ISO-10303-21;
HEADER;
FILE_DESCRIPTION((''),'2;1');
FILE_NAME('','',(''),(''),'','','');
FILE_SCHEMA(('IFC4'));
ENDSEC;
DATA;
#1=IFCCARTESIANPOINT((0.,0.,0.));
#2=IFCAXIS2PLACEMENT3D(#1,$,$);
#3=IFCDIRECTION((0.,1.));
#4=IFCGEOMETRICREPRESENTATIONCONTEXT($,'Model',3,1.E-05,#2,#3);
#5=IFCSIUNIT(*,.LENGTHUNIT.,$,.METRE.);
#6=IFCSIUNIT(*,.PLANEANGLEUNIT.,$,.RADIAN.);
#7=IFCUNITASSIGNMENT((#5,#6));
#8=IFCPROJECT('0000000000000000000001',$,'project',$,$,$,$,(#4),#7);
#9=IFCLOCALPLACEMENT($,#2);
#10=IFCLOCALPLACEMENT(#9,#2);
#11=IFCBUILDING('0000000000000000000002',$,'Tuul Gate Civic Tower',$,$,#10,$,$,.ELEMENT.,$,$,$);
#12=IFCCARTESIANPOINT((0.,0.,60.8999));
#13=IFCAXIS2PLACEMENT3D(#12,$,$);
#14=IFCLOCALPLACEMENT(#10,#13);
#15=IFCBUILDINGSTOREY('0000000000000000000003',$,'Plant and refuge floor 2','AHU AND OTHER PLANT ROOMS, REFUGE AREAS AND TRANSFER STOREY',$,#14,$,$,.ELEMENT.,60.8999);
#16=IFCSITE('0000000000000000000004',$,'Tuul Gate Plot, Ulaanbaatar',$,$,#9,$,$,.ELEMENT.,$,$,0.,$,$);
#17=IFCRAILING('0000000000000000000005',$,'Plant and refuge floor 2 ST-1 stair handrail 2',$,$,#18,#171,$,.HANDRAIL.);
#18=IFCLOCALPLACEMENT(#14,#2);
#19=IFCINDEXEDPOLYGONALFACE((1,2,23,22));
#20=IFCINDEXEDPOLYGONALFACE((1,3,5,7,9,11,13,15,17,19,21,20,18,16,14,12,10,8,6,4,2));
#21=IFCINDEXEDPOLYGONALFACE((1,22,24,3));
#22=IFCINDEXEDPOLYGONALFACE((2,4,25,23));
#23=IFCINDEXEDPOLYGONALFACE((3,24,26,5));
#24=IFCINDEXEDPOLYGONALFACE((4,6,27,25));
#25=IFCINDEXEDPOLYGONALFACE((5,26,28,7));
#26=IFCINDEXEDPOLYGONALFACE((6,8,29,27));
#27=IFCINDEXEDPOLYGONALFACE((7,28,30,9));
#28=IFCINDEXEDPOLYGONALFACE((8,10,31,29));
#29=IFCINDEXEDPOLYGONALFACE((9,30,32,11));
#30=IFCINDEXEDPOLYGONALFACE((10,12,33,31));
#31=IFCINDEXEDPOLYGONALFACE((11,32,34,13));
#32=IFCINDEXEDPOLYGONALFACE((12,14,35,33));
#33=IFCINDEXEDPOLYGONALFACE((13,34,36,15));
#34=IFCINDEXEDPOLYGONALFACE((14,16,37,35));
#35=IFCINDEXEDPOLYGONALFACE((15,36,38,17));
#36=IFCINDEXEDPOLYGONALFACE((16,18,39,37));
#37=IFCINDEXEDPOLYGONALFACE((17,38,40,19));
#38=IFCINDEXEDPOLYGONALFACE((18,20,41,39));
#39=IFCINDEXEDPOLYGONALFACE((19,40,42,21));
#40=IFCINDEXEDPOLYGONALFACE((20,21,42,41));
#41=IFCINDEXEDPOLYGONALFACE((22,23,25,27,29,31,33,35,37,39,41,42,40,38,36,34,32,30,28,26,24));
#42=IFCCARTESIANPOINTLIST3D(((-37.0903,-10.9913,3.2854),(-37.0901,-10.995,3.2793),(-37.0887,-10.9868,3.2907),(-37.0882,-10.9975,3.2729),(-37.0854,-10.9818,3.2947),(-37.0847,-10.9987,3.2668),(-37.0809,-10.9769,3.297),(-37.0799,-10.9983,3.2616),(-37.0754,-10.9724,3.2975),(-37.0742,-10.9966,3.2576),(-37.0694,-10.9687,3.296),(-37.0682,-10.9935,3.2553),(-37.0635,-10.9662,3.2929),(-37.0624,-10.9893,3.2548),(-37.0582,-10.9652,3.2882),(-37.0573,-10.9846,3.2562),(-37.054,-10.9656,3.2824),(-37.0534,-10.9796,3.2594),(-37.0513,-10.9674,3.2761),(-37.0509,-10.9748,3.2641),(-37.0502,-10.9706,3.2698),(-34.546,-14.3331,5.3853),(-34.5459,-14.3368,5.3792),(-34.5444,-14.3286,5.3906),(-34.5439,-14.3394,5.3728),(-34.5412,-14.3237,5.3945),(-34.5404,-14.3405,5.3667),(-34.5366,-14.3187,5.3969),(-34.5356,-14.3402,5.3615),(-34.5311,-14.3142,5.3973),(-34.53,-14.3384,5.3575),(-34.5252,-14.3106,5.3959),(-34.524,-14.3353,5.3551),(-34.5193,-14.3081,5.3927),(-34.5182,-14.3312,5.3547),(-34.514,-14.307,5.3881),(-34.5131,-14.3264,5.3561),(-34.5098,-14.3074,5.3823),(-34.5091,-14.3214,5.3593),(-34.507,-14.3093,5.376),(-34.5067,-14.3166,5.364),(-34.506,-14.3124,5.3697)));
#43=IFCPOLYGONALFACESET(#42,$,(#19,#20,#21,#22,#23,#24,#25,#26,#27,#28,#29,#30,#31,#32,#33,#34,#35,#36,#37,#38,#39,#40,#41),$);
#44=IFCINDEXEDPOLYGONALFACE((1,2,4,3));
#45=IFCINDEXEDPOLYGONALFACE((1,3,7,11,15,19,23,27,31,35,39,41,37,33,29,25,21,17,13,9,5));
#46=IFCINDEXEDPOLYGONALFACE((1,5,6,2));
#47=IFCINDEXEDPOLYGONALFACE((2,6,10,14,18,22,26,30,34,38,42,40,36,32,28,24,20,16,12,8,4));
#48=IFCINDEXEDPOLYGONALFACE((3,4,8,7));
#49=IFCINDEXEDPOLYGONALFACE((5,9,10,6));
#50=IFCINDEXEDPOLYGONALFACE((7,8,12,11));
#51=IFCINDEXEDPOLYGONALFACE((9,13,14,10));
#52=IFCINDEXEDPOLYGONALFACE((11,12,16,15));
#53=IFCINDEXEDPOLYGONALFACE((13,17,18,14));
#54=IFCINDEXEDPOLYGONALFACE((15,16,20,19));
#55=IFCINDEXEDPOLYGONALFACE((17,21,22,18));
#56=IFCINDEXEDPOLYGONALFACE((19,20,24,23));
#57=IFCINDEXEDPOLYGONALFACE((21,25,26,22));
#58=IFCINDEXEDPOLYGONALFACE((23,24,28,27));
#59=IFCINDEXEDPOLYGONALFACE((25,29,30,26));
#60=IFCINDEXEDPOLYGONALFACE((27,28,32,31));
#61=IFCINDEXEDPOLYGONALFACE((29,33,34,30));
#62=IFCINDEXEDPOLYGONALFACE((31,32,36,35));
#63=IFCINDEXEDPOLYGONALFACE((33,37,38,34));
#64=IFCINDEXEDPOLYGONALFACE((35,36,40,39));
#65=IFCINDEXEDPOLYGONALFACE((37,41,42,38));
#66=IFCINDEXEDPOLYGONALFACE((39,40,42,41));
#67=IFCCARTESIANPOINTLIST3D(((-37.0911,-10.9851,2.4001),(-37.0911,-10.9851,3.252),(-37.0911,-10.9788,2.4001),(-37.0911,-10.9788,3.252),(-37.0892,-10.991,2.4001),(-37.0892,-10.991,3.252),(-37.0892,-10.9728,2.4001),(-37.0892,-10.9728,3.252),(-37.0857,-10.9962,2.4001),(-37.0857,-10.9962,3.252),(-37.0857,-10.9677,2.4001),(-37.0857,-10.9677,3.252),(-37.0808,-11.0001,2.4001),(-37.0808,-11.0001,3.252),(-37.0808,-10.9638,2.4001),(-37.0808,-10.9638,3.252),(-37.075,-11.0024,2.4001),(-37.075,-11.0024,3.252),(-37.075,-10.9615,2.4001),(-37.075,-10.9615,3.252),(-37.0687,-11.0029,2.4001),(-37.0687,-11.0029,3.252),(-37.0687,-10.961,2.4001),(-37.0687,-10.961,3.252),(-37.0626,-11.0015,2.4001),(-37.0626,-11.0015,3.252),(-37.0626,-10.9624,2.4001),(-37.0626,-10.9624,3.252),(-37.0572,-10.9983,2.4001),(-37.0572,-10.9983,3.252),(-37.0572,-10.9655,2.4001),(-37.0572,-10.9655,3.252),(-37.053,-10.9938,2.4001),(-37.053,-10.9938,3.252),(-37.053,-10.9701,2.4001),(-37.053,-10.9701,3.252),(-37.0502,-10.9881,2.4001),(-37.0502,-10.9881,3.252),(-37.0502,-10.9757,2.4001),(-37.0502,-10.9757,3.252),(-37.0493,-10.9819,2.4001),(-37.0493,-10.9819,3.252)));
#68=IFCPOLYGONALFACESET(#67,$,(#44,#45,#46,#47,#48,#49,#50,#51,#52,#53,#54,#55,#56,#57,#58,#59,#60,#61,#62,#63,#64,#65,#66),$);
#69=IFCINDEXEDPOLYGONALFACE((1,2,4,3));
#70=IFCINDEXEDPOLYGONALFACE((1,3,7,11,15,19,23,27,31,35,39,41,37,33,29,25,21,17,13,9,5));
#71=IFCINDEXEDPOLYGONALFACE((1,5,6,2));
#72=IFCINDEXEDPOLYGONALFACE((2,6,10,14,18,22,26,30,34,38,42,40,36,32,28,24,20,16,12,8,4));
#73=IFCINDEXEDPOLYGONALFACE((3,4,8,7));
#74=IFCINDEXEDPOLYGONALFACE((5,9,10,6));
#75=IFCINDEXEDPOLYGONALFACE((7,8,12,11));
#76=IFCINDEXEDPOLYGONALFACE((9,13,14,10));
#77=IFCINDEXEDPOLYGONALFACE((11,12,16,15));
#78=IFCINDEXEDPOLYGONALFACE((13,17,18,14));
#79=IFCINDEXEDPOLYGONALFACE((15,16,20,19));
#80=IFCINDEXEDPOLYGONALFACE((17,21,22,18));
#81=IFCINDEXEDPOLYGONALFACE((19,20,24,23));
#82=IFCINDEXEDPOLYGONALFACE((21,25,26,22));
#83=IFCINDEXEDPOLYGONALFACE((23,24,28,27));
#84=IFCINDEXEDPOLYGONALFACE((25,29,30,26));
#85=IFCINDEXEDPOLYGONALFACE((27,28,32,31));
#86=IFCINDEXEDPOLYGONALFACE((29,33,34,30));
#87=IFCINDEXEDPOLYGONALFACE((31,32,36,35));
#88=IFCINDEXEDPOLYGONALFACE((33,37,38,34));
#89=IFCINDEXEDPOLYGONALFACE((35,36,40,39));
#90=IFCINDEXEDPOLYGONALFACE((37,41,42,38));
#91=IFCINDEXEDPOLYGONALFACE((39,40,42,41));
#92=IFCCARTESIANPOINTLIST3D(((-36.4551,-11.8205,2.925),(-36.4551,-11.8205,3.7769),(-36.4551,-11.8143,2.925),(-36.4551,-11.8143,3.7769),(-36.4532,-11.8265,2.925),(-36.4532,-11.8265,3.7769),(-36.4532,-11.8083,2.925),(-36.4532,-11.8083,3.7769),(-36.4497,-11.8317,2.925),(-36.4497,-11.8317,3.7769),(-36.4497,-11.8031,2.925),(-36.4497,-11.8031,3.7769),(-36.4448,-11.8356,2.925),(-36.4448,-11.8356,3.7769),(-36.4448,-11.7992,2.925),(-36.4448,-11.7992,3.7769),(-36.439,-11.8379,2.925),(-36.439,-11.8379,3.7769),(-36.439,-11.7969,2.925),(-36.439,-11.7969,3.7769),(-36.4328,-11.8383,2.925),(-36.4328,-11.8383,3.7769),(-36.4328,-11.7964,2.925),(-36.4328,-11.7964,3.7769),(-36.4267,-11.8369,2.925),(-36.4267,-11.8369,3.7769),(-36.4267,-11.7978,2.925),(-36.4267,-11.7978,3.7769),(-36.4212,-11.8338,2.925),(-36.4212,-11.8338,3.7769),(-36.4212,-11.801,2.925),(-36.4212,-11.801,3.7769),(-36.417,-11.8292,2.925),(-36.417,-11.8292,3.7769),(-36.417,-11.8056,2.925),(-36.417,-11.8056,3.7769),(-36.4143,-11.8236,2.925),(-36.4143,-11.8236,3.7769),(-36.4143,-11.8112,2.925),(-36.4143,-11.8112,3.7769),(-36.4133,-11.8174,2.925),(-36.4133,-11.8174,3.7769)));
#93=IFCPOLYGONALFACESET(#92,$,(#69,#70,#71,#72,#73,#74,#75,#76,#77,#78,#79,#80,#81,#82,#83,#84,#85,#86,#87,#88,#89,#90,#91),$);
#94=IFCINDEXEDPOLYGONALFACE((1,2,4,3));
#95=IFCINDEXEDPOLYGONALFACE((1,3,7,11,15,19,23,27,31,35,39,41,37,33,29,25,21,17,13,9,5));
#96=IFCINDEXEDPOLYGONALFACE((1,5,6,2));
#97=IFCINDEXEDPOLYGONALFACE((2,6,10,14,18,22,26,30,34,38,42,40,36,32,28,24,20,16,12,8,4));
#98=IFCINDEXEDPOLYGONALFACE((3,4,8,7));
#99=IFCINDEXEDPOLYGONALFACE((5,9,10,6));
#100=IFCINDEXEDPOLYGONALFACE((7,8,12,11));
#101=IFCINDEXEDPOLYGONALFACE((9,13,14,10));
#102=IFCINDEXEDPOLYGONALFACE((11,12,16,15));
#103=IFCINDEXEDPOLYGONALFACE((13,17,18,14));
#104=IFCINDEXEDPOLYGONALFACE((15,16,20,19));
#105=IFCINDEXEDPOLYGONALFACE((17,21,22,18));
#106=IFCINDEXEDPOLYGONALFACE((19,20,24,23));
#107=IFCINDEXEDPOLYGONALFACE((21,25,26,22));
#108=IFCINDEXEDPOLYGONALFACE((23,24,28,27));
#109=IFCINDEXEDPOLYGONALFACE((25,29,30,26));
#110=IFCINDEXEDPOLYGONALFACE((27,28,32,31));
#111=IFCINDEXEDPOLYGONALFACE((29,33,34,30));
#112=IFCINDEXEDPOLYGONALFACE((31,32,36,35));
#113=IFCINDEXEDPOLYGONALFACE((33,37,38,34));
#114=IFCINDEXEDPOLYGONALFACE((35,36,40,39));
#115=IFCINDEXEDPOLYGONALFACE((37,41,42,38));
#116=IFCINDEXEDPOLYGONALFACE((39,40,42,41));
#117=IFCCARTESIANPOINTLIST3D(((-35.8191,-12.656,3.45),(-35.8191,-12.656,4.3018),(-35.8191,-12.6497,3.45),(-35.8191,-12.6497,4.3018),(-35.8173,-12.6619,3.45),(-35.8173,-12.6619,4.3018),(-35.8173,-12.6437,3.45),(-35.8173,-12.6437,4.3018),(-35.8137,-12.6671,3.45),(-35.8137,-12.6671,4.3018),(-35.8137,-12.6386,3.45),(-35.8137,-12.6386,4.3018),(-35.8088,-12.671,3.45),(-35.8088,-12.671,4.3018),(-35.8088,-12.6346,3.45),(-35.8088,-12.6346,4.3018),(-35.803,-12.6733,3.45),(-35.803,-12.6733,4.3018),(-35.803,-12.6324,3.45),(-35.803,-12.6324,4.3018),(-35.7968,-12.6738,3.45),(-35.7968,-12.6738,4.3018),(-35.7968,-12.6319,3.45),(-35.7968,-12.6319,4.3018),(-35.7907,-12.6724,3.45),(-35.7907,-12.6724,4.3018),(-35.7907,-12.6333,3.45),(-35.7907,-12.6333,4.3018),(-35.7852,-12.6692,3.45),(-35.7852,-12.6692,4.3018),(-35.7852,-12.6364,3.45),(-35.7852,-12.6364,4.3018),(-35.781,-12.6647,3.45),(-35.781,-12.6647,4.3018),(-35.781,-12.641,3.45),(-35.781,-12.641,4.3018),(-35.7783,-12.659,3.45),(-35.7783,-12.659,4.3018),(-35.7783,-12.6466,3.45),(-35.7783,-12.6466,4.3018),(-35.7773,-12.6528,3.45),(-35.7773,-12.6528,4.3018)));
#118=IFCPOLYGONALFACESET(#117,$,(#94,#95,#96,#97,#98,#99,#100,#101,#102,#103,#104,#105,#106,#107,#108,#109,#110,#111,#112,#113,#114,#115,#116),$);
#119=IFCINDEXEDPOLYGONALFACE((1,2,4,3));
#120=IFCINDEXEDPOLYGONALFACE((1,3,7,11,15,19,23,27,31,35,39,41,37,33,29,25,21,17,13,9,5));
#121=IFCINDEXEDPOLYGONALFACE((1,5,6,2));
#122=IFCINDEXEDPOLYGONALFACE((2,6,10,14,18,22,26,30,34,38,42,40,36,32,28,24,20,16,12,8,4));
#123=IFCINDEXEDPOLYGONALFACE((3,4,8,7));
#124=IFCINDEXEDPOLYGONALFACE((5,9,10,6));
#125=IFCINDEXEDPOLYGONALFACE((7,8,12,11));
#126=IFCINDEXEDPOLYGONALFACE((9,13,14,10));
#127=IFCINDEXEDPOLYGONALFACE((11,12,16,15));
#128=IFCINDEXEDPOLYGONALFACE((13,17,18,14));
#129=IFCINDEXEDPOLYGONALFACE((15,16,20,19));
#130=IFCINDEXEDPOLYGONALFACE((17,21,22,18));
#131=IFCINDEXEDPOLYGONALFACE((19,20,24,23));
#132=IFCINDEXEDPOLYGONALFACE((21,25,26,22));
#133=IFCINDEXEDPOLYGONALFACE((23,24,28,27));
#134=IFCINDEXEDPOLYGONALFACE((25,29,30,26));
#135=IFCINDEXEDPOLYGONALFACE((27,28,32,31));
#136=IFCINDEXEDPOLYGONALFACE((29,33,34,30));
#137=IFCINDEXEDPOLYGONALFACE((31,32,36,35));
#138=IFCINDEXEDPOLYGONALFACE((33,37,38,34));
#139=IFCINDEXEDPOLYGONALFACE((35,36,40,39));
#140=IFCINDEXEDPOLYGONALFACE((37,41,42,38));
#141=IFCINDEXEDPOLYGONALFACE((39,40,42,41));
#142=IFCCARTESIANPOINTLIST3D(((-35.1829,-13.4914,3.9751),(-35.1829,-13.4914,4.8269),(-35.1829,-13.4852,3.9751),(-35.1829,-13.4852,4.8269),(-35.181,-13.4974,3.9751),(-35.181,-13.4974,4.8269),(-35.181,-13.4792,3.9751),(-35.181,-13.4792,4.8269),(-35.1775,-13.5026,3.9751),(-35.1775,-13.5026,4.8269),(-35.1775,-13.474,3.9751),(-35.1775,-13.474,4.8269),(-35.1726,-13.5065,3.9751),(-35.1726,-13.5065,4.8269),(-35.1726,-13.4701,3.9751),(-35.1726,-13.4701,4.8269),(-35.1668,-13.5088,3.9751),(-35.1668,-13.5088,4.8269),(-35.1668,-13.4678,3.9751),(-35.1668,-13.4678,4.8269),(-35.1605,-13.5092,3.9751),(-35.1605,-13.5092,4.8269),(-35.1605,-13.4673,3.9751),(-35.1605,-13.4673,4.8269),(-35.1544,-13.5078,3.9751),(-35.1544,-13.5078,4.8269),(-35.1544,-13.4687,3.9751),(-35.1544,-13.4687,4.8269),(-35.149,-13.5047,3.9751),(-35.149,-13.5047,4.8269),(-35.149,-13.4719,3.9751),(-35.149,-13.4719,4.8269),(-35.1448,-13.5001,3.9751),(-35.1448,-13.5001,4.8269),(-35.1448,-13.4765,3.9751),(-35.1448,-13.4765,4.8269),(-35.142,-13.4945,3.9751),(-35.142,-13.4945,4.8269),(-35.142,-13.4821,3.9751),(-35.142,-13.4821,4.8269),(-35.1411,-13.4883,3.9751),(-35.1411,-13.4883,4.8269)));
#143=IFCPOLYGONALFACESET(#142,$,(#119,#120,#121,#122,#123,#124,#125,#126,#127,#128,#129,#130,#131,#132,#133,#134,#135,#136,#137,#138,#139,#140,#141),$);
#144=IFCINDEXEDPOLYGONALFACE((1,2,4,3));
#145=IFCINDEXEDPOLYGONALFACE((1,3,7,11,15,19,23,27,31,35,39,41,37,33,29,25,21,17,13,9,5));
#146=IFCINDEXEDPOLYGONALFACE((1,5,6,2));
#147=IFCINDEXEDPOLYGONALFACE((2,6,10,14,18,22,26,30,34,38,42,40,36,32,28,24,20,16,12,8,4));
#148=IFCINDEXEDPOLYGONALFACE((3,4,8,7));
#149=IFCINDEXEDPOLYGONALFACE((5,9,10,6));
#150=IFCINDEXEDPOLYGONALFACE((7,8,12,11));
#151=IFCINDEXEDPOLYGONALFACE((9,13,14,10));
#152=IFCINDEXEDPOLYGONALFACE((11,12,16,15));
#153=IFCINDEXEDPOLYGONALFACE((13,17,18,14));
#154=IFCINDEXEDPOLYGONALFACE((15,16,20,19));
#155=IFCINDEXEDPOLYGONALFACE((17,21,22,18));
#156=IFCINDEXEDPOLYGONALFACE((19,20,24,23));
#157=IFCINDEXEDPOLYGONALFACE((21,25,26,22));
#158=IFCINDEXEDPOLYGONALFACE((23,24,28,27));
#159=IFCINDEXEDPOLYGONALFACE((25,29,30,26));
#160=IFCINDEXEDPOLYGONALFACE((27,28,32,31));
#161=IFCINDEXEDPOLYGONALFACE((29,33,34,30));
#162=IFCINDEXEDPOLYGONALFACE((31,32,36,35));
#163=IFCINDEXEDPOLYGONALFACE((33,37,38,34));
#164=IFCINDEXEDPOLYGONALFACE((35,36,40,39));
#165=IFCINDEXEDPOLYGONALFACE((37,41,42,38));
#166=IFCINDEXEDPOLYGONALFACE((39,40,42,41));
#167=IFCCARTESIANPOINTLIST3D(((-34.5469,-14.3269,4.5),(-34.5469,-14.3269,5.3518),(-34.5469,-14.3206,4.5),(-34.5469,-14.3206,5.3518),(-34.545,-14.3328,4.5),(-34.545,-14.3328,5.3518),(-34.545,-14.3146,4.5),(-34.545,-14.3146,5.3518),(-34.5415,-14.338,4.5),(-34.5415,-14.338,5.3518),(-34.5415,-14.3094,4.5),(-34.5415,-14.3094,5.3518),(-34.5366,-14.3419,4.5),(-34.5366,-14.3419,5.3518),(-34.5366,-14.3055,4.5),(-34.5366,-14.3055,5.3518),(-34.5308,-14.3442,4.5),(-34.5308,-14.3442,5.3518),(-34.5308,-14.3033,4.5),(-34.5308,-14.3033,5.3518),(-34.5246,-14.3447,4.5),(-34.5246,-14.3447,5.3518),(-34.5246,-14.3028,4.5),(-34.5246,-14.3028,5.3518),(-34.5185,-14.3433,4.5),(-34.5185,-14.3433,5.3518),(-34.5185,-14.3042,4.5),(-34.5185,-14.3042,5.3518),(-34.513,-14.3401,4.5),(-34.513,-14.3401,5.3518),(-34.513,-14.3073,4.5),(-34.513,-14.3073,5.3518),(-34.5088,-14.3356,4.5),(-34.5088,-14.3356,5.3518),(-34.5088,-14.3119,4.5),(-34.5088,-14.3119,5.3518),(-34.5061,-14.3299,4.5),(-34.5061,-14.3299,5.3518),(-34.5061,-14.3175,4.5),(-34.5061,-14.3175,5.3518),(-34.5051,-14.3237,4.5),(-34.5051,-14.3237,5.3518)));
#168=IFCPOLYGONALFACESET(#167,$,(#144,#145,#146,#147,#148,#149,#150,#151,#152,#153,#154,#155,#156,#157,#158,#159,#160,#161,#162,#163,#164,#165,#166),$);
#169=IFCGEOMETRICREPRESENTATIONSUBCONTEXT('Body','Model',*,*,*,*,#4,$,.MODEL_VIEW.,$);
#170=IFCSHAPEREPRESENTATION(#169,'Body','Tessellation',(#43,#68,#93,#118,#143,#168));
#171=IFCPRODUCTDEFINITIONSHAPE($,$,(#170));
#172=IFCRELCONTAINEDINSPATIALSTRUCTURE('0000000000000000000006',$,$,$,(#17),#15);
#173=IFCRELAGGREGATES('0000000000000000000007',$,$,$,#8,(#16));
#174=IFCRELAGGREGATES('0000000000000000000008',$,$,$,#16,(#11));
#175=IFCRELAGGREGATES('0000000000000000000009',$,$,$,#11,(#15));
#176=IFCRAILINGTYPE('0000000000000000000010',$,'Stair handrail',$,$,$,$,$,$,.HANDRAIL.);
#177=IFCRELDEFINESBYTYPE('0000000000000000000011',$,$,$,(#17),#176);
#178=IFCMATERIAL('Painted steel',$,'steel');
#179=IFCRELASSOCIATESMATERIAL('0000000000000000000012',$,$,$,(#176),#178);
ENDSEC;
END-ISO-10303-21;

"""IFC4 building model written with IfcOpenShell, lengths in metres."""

from ifc_helpers import new_model, si_unit, direction, frame, origin, origin_2d, place, context, subcontext, project, spatial, circle, extrude, material, type_object, element, save


model = new_model("IFC4")

# Units and contexts
model_context = context("Model", 3, precision=1e-05, world=origin(), true_north=direction((0.0, 1.0)))
body_context = subcontext(model_context, "Body", "Model", "MODEL_VIEW")
ifc_project = project(units=[si_unit("LENGTHUNIT", "METRE"), si_unit("PLANEANGLEUNIT", "RADIAN")], contexts=[model_context])

# Site, building, storey
site_placement = place(None, origin())
site = spatial("IfcSite", under=ifc_project, at=site_placement, Name="Tuul Gate Plot, Ulaanbaatar", CompositionType="ELEMENT", RefElevation=0.0)
building_placement = place(site_placement, origin())
building = spatial("IfcBuilding", under=site, at=building_placement, Name="Tuul Gate Civic Tower", CompositionType="ELEMENT")
storey_placement = place(building_placement, frame((0.0, 0.0, 60.8999)))
storey = spatial("IfcBuildingStorey", under=building, at=storey_placement, Name="Plant and refuge floor 2", Description="AHU AND OTHER PLANT ROOMS, REFUGE AREAS AND TRANSFER STOREY", CompositionType="ELEMENT", Elevation=60.8999)

# Railing
ifc_material_1 = material(Name="Painted steel", Category="steel")
railing_type_1 = type_object("IfcRailingType", Name="Stair handrail", PredefinedType="HANDRAIL", material=ifc_material_1)
railing_1_placement = place(storey_placement, frame((-37.0703, -10.9819, 2.4001)))
element("IfcRailing", 1, at=railing_1_placement, inside=storey, type_object=railing_type_1, Name="Plant and refuge floor 2 ST-1 stair handrail 2", PredefinedType="HANDRAIL", context=body_context, shape_type="SweptSolid", body=[
    extrude(circle(Radius=0.0239, at=origin_2d()), frame((0.0, 0.0, 0.876), z_axis=(0.541809, -0.711667, 0.447184), x_axis=(0.795655, 0.605751, 0.0)), (0.0, 0.0, 1.0), 4.6958),
    extrude(circle(Radius=0.021, at=origin_2d()), origin(), (0.0, 0.0, 1.0), 0.8518),
    extrude(circle(Radius=0.021, at=origin_2d()), frame((0.636, -0.8354, 0.5249)), (0.0, 0.0, 1.0), 0.8518),
    extrude(circle(Radius=0.021, at=origin_2d()), frame((1.272, -1.6709, 1.0498)), (0.0, 0.0, 1.0), 0.8518),
    extrude(circle(Radius=0.021, at=origin_2d()), frame((1.9082, -2.5063, 1.575)), (0.0, 0.0, 1.0), 0.8518),
    extrude(circle(Radius=0.021, at=origin_2d()), frame((2.5442, -3.3418, 2.0999)), (0.0, 0.0, 1.0), 0.8518),
])

save(model, "model.ifc")
